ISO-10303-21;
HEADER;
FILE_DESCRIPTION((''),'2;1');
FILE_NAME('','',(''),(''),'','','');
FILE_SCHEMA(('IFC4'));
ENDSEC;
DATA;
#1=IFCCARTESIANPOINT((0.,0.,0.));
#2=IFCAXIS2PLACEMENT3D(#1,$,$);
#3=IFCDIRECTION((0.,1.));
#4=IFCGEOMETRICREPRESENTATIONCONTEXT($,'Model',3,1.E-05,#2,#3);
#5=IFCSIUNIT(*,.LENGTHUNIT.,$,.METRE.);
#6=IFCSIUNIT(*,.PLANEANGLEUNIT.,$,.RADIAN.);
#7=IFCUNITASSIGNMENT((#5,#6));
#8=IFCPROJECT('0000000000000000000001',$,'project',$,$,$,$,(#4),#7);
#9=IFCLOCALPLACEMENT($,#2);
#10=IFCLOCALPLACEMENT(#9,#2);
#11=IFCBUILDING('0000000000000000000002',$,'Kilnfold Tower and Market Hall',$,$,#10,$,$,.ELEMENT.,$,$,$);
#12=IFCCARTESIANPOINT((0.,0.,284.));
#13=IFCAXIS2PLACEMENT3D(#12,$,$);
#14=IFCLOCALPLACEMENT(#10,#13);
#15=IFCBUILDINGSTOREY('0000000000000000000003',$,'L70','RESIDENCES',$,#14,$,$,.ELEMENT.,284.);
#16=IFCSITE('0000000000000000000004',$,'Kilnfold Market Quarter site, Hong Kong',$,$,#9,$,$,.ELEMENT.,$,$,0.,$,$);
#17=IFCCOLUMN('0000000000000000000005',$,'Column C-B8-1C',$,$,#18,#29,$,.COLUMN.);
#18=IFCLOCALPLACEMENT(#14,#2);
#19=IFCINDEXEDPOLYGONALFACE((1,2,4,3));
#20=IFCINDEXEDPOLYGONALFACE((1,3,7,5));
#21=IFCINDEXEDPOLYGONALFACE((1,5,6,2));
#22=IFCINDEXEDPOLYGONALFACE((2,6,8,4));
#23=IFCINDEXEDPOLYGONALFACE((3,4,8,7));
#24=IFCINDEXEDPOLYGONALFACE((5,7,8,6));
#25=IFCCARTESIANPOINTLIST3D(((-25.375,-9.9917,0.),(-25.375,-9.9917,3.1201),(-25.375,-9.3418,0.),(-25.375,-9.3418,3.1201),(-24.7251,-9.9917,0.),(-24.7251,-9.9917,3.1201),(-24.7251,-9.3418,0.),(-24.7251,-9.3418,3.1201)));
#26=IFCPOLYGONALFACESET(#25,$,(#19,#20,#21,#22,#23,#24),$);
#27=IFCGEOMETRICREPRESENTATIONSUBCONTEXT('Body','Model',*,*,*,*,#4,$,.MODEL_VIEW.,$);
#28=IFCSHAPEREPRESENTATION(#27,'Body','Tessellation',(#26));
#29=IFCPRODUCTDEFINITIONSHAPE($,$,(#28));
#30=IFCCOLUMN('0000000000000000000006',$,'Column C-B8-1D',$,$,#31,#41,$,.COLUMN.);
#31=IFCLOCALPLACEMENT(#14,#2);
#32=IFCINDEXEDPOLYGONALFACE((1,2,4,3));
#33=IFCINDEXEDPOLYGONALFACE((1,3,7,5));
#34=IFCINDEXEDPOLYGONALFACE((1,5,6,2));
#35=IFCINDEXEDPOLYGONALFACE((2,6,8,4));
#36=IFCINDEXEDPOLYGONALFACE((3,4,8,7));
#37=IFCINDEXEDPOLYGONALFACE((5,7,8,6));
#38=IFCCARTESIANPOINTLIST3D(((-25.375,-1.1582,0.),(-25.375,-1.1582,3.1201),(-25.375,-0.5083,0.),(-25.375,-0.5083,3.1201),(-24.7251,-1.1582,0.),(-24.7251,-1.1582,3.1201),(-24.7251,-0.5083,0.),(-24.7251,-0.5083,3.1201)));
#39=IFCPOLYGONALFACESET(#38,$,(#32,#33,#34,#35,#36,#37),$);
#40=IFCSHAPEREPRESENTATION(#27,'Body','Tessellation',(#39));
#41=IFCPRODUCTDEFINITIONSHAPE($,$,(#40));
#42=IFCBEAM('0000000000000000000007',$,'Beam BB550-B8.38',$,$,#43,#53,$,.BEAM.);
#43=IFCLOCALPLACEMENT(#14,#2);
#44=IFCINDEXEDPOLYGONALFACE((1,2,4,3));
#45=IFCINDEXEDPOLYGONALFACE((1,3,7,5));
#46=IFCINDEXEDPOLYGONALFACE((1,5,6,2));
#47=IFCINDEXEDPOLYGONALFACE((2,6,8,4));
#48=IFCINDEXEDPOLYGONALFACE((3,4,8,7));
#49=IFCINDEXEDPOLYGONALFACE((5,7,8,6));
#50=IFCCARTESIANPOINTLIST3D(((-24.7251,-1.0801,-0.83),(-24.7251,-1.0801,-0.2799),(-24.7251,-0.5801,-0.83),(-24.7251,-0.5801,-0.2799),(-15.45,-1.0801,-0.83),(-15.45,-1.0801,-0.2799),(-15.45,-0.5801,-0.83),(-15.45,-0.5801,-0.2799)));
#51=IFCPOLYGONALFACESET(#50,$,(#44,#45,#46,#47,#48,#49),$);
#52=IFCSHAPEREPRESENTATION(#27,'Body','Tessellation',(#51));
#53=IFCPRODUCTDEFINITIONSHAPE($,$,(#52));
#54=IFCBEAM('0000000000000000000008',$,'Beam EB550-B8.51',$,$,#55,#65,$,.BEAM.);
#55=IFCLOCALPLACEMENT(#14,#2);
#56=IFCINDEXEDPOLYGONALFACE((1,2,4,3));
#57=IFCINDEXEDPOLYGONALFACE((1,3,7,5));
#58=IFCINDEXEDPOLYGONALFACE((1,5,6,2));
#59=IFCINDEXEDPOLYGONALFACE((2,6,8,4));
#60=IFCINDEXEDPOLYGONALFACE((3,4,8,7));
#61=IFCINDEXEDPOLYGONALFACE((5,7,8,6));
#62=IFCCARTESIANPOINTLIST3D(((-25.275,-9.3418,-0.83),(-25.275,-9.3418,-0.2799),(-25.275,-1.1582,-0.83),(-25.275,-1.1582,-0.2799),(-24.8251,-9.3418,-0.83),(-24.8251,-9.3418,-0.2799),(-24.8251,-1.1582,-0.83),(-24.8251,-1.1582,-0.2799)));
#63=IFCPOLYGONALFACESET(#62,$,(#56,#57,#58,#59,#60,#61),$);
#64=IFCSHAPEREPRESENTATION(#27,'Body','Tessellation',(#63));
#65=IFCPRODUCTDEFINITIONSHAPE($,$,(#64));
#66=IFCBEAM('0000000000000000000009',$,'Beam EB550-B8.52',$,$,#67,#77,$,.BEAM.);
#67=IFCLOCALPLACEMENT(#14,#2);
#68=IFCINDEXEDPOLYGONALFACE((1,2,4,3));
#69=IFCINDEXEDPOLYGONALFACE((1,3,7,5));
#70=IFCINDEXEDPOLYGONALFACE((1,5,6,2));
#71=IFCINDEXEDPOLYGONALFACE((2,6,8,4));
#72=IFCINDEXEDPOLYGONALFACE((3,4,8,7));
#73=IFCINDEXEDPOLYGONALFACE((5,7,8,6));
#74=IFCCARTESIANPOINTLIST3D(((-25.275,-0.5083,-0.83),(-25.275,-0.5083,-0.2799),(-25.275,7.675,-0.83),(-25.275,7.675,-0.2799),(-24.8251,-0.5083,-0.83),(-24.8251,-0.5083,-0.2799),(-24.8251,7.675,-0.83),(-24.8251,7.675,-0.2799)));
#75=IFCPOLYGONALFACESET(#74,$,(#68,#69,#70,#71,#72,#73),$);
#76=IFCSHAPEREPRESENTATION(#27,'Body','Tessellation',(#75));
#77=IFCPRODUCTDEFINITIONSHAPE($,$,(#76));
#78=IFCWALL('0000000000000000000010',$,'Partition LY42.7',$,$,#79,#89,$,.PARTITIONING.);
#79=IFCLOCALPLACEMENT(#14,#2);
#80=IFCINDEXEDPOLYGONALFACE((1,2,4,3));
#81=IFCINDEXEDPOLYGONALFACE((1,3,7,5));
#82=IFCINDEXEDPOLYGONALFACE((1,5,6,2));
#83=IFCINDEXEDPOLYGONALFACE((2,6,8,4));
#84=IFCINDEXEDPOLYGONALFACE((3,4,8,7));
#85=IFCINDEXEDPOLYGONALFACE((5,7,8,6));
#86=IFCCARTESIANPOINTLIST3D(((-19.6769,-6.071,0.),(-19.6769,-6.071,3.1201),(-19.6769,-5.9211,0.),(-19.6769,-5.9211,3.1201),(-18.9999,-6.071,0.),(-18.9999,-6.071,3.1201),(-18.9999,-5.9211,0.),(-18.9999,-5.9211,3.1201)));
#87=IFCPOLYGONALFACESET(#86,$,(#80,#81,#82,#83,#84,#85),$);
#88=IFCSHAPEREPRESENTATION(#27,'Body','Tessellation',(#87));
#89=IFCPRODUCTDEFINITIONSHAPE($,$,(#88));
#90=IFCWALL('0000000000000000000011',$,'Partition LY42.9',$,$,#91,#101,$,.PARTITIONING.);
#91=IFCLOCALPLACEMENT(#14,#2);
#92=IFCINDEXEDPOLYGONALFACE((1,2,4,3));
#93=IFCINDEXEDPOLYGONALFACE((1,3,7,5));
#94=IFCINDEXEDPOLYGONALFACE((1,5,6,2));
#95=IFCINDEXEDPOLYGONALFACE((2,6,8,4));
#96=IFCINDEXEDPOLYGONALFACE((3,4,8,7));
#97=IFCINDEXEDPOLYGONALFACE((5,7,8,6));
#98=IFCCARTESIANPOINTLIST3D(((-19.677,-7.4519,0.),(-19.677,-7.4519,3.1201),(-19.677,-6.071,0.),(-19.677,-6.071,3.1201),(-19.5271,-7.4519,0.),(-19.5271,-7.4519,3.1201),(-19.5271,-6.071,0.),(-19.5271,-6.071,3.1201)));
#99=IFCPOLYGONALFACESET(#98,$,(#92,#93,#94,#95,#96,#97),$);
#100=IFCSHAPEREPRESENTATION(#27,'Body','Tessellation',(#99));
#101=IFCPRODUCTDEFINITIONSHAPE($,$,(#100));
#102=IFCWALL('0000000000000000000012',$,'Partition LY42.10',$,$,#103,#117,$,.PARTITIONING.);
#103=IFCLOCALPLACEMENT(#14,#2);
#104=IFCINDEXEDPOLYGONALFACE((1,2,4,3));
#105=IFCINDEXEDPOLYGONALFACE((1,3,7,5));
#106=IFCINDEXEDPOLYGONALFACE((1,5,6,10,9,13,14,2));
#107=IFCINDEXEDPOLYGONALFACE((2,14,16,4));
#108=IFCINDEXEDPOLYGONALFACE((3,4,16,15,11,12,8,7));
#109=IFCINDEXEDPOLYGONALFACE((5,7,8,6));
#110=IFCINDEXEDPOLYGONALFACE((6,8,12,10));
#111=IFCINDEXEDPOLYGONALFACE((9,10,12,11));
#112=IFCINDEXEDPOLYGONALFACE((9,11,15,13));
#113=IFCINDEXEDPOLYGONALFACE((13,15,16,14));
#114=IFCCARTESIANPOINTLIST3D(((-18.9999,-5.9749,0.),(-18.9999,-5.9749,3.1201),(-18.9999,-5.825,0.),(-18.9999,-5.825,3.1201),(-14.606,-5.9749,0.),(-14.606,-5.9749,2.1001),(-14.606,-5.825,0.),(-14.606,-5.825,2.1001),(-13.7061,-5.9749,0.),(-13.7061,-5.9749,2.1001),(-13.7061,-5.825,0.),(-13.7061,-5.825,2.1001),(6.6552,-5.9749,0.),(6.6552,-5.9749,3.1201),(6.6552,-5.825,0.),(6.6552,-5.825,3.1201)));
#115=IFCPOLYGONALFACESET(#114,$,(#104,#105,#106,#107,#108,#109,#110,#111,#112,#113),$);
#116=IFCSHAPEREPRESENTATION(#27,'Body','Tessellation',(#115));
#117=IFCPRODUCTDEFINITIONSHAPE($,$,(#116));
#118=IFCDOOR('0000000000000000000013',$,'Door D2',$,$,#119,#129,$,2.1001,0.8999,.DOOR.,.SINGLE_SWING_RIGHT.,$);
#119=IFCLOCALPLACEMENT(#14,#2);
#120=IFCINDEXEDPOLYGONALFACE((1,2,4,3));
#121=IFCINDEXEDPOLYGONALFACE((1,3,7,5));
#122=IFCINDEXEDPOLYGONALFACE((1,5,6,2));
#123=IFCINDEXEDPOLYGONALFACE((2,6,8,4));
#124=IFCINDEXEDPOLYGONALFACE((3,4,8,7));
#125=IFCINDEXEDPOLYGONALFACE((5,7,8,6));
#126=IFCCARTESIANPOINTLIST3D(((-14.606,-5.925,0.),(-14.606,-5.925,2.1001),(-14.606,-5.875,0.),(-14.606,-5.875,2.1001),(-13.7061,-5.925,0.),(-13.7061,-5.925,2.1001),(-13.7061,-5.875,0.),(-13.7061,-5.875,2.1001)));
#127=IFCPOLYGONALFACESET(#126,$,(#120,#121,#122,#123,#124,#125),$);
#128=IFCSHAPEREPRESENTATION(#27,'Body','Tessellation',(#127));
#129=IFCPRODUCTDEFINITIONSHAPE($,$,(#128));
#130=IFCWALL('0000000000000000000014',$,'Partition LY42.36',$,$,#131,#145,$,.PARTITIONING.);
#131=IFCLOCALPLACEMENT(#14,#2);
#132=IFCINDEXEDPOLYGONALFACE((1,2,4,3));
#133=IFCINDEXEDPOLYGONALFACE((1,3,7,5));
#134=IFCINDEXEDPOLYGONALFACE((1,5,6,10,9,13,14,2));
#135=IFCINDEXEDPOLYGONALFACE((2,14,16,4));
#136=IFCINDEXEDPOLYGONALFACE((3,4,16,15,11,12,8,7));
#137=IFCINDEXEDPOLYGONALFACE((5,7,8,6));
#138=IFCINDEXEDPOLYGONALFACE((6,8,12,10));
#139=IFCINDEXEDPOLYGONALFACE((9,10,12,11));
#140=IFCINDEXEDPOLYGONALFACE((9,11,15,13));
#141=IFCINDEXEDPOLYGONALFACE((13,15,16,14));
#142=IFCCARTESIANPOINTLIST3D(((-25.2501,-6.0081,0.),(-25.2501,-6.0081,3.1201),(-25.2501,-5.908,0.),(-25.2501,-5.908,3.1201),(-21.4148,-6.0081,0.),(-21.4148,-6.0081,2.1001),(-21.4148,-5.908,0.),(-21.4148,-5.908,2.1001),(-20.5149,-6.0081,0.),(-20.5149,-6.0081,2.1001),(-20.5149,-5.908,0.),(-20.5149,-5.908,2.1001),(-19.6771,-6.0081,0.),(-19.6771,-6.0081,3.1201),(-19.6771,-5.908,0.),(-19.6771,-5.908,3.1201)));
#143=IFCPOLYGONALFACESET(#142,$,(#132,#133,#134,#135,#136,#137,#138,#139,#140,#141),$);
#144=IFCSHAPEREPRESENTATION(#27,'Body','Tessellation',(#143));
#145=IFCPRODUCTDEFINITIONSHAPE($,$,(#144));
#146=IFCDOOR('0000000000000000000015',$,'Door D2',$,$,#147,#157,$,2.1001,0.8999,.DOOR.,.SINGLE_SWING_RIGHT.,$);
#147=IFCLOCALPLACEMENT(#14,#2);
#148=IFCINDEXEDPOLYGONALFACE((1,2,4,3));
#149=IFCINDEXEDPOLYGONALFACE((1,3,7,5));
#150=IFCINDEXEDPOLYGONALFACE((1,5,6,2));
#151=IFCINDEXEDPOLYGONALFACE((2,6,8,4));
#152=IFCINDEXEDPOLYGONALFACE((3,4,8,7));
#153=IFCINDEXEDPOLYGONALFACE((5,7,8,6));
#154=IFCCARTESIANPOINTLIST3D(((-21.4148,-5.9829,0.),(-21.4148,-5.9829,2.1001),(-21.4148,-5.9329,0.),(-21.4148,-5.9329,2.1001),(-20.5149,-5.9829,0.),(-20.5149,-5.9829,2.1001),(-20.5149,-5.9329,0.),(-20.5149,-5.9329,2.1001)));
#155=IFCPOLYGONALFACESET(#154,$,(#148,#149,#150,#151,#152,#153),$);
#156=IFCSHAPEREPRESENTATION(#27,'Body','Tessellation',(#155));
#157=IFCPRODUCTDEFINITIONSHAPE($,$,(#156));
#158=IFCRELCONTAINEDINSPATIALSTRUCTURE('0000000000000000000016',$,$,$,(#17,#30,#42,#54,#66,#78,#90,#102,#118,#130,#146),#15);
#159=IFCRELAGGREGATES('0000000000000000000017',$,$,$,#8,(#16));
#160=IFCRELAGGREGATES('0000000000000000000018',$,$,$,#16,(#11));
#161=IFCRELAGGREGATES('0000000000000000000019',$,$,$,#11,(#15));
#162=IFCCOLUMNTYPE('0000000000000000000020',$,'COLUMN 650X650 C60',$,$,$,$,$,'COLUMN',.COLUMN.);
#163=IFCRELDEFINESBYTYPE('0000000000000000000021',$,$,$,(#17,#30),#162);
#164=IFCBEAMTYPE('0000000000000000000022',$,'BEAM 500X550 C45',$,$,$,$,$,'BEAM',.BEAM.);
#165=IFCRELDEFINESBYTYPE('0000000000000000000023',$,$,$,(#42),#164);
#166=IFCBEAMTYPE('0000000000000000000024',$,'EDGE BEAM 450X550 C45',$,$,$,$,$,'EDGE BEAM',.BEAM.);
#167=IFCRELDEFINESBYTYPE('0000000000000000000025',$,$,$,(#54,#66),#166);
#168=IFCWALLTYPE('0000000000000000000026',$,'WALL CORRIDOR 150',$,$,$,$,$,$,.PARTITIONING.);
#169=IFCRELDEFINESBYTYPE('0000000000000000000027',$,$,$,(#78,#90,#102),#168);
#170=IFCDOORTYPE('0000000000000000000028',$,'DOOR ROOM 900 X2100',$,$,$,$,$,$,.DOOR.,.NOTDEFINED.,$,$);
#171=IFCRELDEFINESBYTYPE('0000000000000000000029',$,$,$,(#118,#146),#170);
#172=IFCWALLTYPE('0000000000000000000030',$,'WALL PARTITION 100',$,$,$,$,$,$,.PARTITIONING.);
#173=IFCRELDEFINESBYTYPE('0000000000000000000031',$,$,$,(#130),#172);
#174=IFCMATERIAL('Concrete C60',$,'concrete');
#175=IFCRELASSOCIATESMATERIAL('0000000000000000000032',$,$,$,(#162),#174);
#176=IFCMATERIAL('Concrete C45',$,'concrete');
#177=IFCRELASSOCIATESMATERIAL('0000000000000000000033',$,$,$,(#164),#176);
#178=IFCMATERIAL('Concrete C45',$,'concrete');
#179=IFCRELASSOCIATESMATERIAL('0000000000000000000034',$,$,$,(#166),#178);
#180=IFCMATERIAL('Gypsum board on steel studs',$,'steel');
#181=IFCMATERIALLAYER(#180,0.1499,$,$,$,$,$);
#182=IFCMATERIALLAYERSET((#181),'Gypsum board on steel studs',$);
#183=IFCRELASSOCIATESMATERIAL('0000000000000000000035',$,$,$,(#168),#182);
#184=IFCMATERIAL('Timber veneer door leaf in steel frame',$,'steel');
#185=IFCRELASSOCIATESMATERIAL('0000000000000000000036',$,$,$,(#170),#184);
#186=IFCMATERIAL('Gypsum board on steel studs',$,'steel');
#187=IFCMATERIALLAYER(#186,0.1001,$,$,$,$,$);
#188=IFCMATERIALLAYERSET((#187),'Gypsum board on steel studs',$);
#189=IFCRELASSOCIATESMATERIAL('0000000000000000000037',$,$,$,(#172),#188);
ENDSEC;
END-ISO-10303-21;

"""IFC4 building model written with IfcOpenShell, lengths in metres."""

from ifc_helpers import new_model, si_unit, direction, frame, frame_2d, origin, origin_2d, place, context, subcontext, project, spatial, rectangle, extrude, source, transform, mapped, material, layer, layer_set, material_profile, profile_set, type_object, element, fill, save


model = new_model("IFC4")

# Units and contexts
model_context = context("Model", 3, precision=1e-05, world=origin(), true_north=direction((0.0, 1.0)))
body_context = subcontext(model_context, "Body", "Model", "MODEL_VIEW")
ifc_project = project(units=[si_unit("LENGTHUNIT", "METRE"), si_unit("PLANEANGLEUNIT", "RADIAN")], contexts=[model_context])

# Site, building, storey
site_placement = place(None, origin())
site = spatial("IfcSite", under=ifc_project, at=site_placement, Name="Kilnfold Market Quarter site, Hong Kong", CompositionType="ELEMENT", RefElevation=0.0)
building_placement = place(site_placement, origin())
building = spatial("IfcBuilding", under=site, at=building_placement, Name="Kilnfold Tower and Market Hall", CompositionType="ELEMENT")
storey_placement = place(building_placement, frame((0.0, 0.0, 284.0)))
storey = spatial("IfcBuildingStorey", under=building, at=storey_placement, Name="L70", Description="RESIDENCES", CompositionType="ELEMENT", Elevation=284.0)

# Columns
ifc_material_1 = material(Name="Concrete C60", Category="concrete")
ifc_material_profile_1 = material_profile(ifc_material_1, rectangle(XDim=0.6499, YDim=0.6499, at=origin_2d()), Name="RC 650x650")
ifc_profile_set_1 = profile_set([ifc_material_profile_1], Name="Concrete C60")
column_type = type_object("IfcColumnType", Name="COLUMN 650X650 C60", ElementType="COLUMN", PredefinedType="COLUMN", material=ifc_profile_set_1)
shared_shape_1 = source(origin(), body_context, "Body", "SweptSolid", [
    extrude(rectangle(XDim=0.6499, YDim=0.6499, at=origin_2d()), origin(), (0.0, 0.0, 1.0), 3.1201),
])
for number, where, z_axis, x_axis, name in (
    (1, (-25.05, -9.6667, 0.0), (0.0, 0.0, 1.0), (1.0, 0.0, 0.0), "Column C-B8-1C"),
    (2, (-25.05, -0.8333, 0.0), (0.0, 0.0, 1.0), (1.0, 0.0, 0.0), "Column C-B8-1D"),
):
    element("IfcColumn", number, at=place(storey_placement, frame(where, z_axis=z_axis, x_axis=x_axis)), inside=storey, type_object=column_type, Name=name, PredefinedType="COLUMN", context=body_context, shape_type="MappedRepresentation", body=[
        mapped(shared_shape_1, transform((0.0, 0.0, 0.0))),
    ])

# Beams
ifc_material_2 = material(Name="Concrete C45", Category="concrete")
ifc_material_profile_2 = material_profile(ifc_material_2, rectangle(XDim=0.5, YDim=0.55, at=origin_2d()), Name="RC 500x550")
ifc_profile_set_2 = profile_set([ifc_material_profile_2], Name="Concrete C45")
beam_type_1 = type_object("IfcBeamType", Name="BEAM 500X550 C45", ElementType="BEAM", PredefinedType="BEAM", material=ifc_profile_set_2)
shared_shape_2 = source(origin(), body_context, "Body", "SweptSolid", [
    extrude(rectangle(XDim=0.5, YDim=0.55, at=origin_2d()), origin(), (0.0, 0.0, 1.0), 9.2751),
])
beam_1_placement = place(storey_placement, frame((-24.7251, -0.8301, -0.5549), z_axis=(1.0, 0.0, 0.0), x_axis=(0.0, 1.0, 0.0)))
element("IfcBeam", 3, at=beam_1_placement, inside=storey, type_object=beam_type_1, Name="Beam BB550-B8.38", PredefinedType="BEAM", context=body_context, shape_type="MappedRepresentation", body=[
    mapped(shared_shape_2, transform((0.0, 0.0, 0.0))),
])
ifc_material_3 = material(Name="Concrete C45", Category="concrete")
ifc_material_profile_3 = material_profile(ifc_material_3, rectangle(XDim=0.45, YDim=0.55, at=origin_2d()), Name="RC 450x550")
ifc_profile_set_3 = profile_set([ifc_material_profile_3], Name="Concrete C45")
beam_type_2 = type_object("IfcBeamType", Name="EDGE BEAM 450X550 C45", ElementType="EDGE BEAM", PredefinedType="BEAM", material=ifc_profile_set_3)
shared_shape_3 = source(origin(), body_context, "Body", "SweptSolid", [
    extrude(rectangle(XDim=0.45, YDim=0.55, at=origin_2d()), origin(), (0.0, 0.0, 1.0), 8.1836),
])
beam_2_placement = place(storey_placement, frame((-25.05, -9.3418, -0.5549), z_axis=(0.0, 1.0, 0.0), x_axis=(-1.0, 0.0, 0.0)))
element("IfcBeam", 4, at=beam_2_placement, inside=storey, type_object=beam_type_2, Name="Beam EB550-B8.51", PredefinedType="BEAM", context=body_context, shape_type="MappedRepresentation", body=[
    mapped(shared_shape_3, transform((0.0, 0.0, 0.0))),
])
shared_shape_4 = source(origin(), body_context, "Body", "SweptSolid", [
    extrude(rectangle(XDim=0.45, YDim=0.55, at=origin_2d()), origin(), (0.0, 0.0, 1.0), 8.1833),
])
beam_3_placement = place(storey_placement, frame((-25.05, -0.5083, -0.5549), z_axis=(0.0, 1.0, 0.0), x_axis=(-1.0, 0.0, 0.0)))
element("IfcBeam", 5, at=beam_3_placement, inside=storey, type_object=beam_type_2, Name="Beam EB550-B8.52", PredefinedType="BEAM", context=body_context, shape_type="MappedRepresentation", body=[
    mapped(shared_shape_4, transform((0.0, 0.0, 0.0))),
])

# Walls
ifc_material_4 = material(Name="Gypsum board on steel studs", Category="steel")
ifc_layer_1 = layer(ifc_material_4, 0.1499)
ifc_layer_set_1 = layer_set([ifc_layer_1], Name="Gypsum board on steel studs")
wall_type_1 = type_object("IfcWallType", Name="WALL CORRIDOR 150", PredefinedType="PARTITIONING", material=ifc_layer_set_1)
wall_1_placement = place(storey_placement, frame((-19.0, -5.9961, 0.0), z_axis=(0.0, 0.0, 1.0), x_axis=(-1.0, 0.0, 0.0)))
element("IfcWall", 6, at=wall_1_placement, inside=storey, type_object=wall_type_1, Name="Partition LY42.7", PredefinedType="PARTITIONING", context=body_context, shape_type="SweptSolid", body=[
    extrude(rectangle(XDim=0.677, YDim=0.1499, at=frame_2d((0.3384, 0.0))), origin(), (0.0, 0.0, 1.0), 3.1201),
])
wall_2_placement = place(storey_placement, frame((-19.6021, -7.4519, 0.0), z_axis=(0.0, 0.0, 1.0), x_axis=(0.0, 1.0, 0.0)))
element("IfcWall", 7, at=wall_2_placement, inside=storey, type_object=wall_type_1, Name="Partition LY42.9", PredefinedType="PARTITIONING", context=body_context, shape_type="SweptSolid", body=[
    extrude(rectangle(XDim=1.3809, YDim=0.1499, at=frame_2d((0.6904, 0.0))), origin(), (0.0, 0.0, 1.0), 3.1201),
])

# Walls, openings, doors
wall_3_placement = place(storey_placement, frame((-19.0, -5.8999, 0.0), z_axis=(0.0, 0.0, 1.0), x_axis=(1.0, 0.0, 0.0)))
wall_3 = element("IfcWall", 8, at=wall_3_placement, inside=storey, type_object=wall_type_1, Name="Partition LY42.10", PredefinedType="PARTITIONING", context=body_context, shape_type="SweptSolid", body=[
    extrude(rectangle(XDim=25.655, YDim=0.1499, at=frame_2d((12.8276, 0.0))), origin(), (0.0, 0.0, 1.0), 3.1201),
])
opening_1_placement = place(wall_3_placement, frame((4.394, 0.0, 0.0)))
opening_1 = element("IfcOpeningElement", 9, at=opening_1_placement, cuts=wall_3, PredefinedType="OPENING", context=body_context, shape_type="SweptSolid", body=[
    extrude(rectangle(XDim=0.8999, YDim=2.1001, at=frame_2d((0.45, 1.05))), frame((0.0, 0.085, 0.0), z_axis=(0.0, -1.0, 0.0), x_axis=(1.0, 0.0, 0.0)), (0.0, 0.0, 1.0), 0.1699),
])
ifc_material_5 = material(Name="Timber veneer door leaf in steel frame", Category="steel")
door_type_1 = type_object("IfcDoorType", Name="DOOR ROOM 900 X2100", OperationType="NOTDEFINED", PredefinedType="DOOR", material=ifc_material_5)
door_1_placement = place(opening_1_placement, origin())
door_1 = element("IfcDoor", 10, at=door_1_placement, inside=storey, type_object=door_type_1, Name="Door D2", OperationType="SINGLE_SWING_RIGHT", OverallHeight=2.1001, OverallWidth=0.8999, PredefinedType="DOOR", context=body_context, shape_type="SweptSolid", body=[
    extrude(rectangle(XDim=0.8999, YDim=2.1001, at=frame_2d((0.45, 1.05))), frame((0.0, 0.0249, 0.0), z_axis=(0.0, -1.0, 0.0), x_axis=(1.0, 0.0, 0.0)), (0.0, 0.0, 1.0), 0.05),
])
fill(opening_1, door_1)
ifc_material_6 = material(Name="Gypsum board on steel studs", Category="steel")
ifc_layer_2 = layer(ifc_material_6, 0.1001)
ifc_layer_set_2 = layer_set([ifc_layer_2], Name="Gypsum board on steel studs")
wall_type_2 = type_object("IfcWallType", Name="WALL PARTITION 100", PredefinedType="PARTITIONING", material=ifc_layer_set_2)
wall_4_placement = place(storey_placement, frame((-19.677, -5.958, 0.0), z_axis=(0.0, 0.0, 1.0), x_axis=(-1.0, 0.0, 0.0)))
wall_4 = element("IfcWall", 11, at=wall_4_placement, inside=storey, type_object=wall_type_2, Name="Partition LY42.36", PredefinedType="PARTITIONING", context=body_context, shape_type="SweptSolid", body=[
    extrude(rectangle(XDim=5.573, YDim=0.1001, at=frame_2d((2.7866, 0.0))), origin(), (0.0, 0.0, 1.0), 3.1201),
])
opening_2_placement = place(wall_4_placement, frame((0.8379, 0.0, 0.0)))
opening_2 = element("IfcOpeningElement", 12, at=opening_2_placement, cuts=wall_4, PredefinedType="OPENING", context=body_context, shape_type="SweptSolid", body=[
    extrude(rectangle(XDim=0.8999, YDim=2.1001, at=frame_2d((0.45, 1.05))), frame((0.0, 0.0601, 0.0), z_axis=(0.0, -1.0, 0.0), x_axis=(1.0, 0.0, 0.0)), (0.0, 0.0, 1.0), 0.1201),
])
door_2_placement = place(opening_2_placement, origin())
door_2 = element("IfcDoor", 13, at=door_2_placement, inside=storey, type_object=door_type_1, Name="Door D2", OperationType="SINGLE_SWING_RIGHT", OverallHeight=2.1001, OverallWidth=0.8999, PredefinedType="DOOR", context=body_context, shape_type="SweptSolid", body=[
    extrude(rectangle(XDim=0.8999, YDim=2.1001, at=frame_2d((0.45, 1.05))), frame((0.0, 0.0249, 0.0), z_axis=(0.0, -1.0, 0.0), x_axis=(1.0, 0.0, 0.0)), (0.0, 0.0, 1.0), 0.05),
])
fill(opening_2, door_2)

save(model, "model.ifc")
